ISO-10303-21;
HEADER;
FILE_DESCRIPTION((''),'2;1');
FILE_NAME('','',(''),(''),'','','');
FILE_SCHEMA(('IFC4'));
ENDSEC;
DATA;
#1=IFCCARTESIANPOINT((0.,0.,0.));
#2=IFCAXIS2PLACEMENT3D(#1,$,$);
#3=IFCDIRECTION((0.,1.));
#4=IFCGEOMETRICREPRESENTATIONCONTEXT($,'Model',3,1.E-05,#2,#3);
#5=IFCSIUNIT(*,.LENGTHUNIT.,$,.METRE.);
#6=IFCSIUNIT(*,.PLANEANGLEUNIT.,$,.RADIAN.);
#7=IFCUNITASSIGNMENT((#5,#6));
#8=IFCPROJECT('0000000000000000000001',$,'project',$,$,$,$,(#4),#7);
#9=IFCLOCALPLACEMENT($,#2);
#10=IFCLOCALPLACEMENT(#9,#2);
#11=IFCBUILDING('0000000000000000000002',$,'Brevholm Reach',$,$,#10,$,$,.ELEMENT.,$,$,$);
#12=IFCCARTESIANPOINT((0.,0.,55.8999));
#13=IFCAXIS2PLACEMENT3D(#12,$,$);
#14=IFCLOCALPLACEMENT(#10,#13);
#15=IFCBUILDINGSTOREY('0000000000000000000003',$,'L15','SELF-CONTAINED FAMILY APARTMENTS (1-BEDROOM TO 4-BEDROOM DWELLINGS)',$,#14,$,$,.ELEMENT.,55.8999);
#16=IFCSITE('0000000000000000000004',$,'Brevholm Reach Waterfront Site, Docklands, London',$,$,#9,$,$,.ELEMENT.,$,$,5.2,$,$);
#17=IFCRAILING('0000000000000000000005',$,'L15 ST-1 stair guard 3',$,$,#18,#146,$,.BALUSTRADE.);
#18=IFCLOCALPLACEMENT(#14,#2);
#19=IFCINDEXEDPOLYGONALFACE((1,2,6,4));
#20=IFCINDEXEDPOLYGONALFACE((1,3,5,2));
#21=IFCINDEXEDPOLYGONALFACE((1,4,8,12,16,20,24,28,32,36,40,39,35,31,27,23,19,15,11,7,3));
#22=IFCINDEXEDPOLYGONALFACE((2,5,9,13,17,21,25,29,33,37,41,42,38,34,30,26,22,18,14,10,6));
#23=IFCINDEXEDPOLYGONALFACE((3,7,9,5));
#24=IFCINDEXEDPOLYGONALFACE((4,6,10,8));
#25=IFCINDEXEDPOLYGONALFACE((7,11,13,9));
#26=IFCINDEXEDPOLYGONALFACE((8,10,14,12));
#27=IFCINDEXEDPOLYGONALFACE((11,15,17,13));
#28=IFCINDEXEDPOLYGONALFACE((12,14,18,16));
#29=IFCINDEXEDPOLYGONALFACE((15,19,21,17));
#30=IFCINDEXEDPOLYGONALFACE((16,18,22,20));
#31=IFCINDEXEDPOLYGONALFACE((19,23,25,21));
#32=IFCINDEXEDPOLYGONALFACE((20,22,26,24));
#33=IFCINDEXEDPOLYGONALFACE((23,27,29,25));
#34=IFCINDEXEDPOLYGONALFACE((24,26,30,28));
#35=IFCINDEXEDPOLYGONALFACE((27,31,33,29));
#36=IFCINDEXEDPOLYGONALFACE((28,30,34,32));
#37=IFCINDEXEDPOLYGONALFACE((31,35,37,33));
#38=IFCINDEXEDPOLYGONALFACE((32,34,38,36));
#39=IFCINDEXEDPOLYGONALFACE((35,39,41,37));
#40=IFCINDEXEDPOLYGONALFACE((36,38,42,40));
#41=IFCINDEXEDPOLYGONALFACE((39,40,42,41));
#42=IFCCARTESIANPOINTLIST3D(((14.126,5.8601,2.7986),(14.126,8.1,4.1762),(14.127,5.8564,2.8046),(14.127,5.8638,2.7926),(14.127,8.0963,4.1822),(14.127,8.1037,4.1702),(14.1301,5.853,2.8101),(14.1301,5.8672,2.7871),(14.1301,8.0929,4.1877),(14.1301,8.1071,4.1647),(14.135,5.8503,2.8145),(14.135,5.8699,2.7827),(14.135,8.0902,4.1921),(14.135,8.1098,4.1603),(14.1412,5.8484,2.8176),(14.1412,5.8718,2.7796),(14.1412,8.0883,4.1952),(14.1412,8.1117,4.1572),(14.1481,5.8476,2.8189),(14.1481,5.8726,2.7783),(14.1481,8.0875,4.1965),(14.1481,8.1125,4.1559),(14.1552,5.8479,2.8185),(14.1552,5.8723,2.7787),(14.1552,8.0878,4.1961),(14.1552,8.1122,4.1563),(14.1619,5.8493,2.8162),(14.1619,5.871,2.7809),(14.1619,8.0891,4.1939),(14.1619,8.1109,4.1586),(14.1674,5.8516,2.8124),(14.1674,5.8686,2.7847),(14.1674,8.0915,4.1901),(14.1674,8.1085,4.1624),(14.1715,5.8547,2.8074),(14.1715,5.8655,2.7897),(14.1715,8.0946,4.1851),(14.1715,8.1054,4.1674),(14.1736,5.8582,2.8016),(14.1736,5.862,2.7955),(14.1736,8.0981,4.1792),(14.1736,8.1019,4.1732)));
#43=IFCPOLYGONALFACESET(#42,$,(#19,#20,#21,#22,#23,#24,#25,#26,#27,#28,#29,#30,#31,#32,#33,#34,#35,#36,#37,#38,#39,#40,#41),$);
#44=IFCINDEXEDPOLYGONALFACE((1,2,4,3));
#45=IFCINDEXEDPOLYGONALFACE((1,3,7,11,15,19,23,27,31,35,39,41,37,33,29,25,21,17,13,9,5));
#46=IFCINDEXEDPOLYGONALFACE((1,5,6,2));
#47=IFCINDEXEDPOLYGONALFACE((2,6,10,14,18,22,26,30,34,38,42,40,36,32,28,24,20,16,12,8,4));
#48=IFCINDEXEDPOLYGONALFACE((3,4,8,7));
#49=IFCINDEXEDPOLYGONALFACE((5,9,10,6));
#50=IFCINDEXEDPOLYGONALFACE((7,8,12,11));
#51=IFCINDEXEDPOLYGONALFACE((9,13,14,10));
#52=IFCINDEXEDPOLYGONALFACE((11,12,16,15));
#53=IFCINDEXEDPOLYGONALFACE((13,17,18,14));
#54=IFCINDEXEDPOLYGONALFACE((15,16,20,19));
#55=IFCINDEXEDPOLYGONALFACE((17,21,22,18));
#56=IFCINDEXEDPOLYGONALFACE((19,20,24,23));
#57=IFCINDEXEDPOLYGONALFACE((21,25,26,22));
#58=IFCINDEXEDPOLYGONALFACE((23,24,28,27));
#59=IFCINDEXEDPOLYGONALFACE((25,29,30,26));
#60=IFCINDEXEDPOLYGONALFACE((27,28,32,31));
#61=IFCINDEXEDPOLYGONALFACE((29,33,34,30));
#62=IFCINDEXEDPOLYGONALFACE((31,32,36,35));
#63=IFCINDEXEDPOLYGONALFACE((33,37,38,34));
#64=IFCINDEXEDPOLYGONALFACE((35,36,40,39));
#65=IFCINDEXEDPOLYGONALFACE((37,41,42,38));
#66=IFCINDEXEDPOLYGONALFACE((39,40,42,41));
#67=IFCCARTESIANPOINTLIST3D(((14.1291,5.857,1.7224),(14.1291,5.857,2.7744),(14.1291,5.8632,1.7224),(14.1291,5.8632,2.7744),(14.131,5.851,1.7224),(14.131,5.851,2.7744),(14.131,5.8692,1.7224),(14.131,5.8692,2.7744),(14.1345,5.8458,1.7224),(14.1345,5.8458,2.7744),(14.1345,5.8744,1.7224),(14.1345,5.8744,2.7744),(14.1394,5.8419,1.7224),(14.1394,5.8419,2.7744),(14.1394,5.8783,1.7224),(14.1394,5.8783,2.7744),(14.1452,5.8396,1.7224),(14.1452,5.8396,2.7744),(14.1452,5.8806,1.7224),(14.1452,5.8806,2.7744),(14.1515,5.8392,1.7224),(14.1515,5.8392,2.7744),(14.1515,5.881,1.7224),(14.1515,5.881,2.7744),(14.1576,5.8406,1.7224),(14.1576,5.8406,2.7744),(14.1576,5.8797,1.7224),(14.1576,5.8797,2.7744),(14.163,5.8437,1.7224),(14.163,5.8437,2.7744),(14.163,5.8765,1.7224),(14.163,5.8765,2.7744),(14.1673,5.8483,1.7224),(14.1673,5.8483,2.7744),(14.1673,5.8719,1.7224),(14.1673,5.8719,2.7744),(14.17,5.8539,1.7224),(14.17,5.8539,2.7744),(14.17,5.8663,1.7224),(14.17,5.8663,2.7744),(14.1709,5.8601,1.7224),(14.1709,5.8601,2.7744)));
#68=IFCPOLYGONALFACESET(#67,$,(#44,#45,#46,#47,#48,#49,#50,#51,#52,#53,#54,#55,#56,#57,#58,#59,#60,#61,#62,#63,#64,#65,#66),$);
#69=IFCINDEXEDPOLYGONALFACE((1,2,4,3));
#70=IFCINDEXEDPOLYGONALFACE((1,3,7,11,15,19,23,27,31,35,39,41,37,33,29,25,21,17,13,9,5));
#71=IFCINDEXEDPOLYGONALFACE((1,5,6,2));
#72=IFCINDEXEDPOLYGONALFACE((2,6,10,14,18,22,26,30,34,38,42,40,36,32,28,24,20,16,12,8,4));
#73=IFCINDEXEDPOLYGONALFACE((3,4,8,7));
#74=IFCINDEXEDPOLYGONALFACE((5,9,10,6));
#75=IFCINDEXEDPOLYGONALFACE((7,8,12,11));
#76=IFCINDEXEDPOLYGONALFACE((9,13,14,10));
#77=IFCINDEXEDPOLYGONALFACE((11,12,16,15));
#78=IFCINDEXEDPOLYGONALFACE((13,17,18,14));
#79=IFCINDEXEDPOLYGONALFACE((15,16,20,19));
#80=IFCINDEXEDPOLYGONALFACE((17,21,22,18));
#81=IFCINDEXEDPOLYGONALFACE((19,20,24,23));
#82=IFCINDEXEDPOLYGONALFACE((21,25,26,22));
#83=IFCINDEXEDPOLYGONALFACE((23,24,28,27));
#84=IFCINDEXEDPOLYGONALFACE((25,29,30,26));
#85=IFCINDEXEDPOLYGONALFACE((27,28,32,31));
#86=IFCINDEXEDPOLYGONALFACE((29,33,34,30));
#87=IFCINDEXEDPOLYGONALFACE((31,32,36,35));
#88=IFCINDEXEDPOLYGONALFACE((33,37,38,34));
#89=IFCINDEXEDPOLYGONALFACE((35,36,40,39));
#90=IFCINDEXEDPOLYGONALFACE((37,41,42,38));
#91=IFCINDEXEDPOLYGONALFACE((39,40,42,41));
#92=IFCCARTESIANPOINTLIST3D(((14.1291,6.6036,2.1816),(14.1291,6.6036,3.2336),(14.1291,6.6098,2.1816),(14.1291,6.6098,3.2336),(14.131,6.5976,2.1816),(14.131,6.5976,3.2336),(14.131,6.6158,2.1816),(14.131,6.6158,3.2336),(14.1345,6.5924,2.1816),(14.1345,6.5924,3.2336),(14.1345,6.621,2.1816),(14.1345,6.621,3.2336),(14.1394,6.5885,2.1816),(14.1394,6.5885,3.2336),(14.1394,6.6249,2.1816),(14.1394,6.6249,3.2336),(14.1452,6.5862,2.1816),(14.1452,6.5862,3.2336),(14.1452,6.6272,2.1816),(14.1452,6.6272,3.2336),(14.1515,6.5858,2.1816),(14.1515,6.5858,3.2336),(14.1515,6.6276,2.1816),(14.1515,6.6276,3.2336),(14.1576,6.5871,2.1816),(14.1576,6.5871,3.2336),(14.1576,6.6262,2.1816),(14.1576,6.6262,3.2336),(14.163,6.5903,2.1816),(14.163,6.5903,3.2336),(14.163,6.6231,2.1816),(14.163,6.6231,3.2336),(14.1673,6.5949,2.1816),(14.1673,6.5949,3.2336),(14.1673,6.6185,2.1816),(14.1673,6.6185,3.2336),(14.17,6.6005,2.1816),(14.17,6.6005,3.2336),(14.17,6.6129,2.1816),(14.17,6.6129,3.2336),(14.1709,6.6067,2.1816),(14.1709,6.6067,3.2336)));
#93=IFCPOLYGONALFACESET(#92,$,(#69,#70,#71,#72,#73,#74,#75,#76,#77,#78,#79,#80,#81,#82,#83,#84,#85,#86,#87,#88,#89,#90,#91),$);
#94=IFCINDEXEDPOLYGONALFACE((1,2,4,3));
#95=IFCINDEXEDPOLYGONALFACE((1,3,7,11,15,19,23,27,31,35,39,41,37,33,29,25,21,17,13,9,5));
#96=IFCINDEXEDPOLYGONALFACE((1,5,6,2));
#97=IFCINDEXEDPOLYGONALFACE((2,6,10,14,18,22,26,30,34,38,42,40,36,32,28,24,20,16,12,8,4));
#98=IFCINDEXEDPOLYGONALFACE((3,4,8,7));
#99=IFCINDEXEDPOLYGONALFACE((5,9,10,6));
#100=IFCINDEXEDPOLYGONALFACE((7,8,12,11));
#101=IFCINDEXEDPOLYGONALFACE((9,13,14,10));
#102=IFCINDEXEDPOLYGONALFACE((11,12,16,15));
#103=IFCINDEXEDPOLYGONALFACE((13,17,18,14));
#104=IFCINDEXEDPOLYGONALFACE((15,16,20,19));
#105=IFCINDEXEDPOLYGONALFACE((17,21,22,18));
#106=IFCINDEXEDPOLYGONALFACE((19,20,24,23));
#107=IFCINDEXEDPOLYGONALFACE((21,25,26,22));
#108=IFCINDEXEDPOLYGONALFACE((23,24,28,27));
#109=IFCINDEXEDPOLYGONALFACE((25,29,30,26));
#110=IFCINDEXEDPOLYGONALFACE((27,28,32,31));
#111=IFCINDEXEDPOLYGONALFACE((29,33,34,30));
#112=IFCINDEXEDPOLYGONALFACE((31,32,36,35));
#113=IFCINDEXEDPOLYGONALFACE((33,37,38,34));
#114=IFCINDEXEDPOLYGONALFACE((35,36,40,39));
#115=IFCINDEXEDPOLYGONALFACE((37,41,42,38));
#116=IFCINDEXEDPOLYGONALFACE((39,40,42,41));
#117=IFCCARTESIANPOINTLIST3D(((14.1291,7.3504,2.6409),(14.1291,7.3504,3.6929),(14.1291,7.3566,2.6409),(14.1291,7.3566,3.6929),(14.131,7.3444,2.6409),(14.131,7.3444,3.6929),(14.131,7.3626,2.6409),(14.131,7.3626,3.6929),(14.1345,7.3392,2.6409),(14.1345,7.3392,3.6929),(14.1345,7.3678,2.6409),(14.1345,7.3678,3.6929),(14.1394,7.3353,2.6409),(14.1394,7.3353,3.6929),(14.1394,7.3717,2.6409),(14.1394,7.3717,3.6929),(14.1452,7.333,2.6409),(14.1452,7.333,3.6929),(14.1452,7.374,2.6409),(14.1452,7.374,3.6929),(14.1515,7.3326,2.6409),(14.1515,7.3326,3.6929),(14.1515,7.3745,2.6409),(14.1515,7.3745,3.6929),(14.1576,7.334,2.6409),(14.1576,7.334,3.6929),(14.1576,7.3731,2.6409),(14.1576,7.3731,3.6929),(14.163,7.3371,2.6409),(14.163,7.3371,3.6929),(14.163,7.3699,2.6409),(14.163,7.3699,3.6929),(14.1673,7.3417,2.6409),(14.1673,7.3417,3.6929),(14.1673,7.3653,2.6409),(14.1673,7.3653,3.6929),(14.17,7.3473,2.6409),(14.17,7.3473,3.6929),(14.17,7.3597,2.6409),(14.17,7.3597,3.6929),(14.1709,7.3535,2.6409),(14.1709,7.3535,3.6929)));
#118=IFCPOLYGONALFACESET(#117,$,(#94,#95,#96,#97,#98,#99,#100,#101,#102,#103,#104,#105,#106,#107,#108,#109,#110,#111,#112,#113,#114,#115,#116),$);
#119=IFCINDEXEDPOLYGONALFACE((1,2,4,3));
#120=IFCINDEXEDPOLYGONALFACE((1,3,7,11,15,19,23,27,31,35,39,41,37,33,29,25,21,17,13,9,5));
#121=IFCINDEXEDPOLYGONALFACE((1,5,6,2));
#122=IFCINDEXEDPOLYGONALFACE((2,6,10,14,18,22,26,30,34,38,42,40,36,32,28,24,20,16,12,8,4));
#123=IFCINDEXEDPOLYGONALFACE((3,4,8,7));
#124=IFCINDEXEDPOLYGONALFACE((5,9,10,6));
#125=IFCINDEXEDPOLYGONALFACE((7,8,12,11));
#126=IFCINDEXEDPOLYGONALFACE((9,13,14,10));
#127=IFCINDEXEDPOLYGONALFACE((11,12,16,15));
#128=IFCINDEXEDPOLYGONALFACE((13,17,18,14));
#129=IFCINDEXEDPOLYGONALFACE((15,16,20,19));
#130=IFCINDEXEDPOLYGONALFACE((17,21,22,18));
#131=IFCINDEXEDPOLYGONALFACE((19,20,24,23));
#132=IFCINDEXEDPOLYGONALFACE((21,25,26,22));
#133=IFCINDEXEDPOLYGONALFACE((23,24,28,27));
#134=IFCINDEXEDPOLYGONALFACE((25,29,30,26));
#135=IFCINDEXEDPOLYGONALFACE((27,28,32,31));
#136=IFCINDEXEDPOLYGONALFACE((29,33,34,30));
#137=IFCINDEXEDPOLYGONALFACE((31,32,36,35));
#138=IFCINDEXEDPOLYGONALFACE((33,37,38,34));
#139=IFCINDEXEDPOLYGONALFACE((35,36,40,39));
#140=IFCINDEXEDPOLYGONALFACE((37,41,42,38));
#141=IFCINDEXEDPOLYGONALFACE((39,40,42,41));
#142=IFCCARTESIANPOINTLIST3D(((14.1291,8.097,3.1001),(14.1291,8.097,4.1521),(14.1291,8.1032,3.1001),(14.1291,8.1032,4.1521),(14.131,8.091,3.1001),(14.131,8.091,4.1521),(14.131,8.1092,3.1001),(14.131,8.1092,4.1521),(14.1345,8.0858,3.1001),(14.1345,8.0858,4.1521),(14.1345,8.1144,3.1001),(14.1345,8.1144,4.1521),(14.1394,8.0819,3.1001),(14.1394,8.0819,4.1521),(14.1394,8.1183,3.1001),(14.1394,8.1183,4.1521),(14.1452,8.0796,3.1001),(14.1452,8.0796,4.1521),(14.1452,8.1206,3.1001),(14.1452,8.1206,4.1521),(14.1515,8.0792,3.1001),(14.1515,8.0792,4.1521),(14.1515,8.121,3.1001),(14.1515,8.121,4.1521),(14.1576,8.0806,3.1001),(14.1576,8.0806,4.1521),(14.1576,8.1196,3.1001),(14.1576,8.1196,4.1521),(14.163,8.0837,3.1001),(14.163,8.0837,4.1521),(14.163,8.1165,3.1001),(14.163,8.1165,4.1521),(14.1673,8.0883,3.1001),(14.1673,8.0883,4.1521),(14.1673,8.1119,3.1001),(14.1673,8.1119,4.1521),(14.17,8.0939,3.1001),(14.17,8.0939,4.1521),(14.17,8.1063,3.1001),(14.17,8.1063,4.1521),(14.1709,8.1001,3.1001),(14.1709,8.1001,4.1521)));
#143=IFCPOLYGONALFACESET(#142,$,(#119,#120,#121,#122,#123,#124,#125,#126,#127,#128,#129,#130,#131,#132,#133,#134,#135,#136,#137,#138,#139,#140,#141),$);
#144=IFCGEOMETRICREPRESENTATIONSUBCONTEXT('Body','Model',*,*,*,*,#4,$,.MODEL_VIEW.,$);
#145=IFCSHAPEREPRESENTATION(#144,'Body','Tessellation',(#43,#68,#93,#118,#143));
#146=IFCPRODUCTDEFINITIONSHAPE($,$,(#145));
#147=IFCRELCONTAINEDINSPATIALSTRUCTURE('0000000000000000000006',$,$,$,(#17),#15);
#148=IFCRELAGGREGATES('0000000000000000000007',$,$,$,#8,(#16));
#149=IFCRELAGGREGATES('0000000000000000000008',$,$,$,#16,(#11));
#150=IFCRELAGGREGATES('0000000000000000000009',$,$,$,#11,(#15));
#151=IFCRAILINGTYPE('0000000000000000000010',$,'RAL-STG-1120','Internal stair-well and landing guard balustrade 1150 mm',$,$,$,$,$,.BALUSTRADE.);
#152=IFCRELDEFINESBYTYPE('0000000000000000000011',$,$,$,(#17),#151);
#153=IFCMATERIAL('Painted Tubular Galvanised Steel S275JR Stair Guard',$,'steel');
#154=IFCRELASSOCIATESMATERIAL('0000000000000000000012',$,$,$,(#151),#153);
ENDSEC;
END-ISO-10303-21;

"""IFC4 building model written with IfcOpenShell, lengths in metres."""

from ifc_helpers import new_model, si_unit, direction, frame, origin, origin_2d, place, context, subcontext, project, spatial, circle, extrude, material, type_object, element, save


model = new_model("IFC4")

# Units and contexts
model_context = context("Model", 3, precision=1e-05, world=origin(), true_north=direction((0.0, 1.0)))
body_context = subcontext(model_context, "Body", "Model", "MODEL_VIEW")
ifc_project = project(units=[si_unit("LENGTHUNIT", "METRE"), si_unit("PLANEANGLEUNIT", "RADIAN")], contexts=[model_context])

# Site, building, storey
site_placement = place(None, origin())
site = spatial("IfcSite", under=ifc_project, at=site_placement, Name="Brevholm Reach Waterfront Site, Docklands, London", CompositionType="ELEMENT", RefElevation=5.2)
building_placement = place(site_placement, origin())
building = spatial("IfcBuilding", under=site, at=building_placement, Name="Brevholm Reach", CompositionType="ELEMENT")
storey_placement = place(building_placement, frame((0.0, 0.0, 55.8999)))
storey = spatial("IfcBuildingStorey", under=building, at=storey_placement, Name="L15", Description="SELF-CONTAINED FAMILY APARTMENTS (1-BEDROOM TO 4-BEDROOM DWELLINGS)", CompositionType="ELEMENT", Elevation=55.8999)

# Railing
ifc_material_1 = material(Name="Painted Tubular Galvanised Steel S275JR Stair Guard", Category="steel")
railing_type_1 = type_object("IfcRailingType", Name="RAL-STG-1120", Description="Internal stair-well and landing guard balustrade 1150 mm", PredefinedType="BALUSTRADE", material=ifc_material_1)
railing_1_placement = place(storey_placement, frame((14.1499, 5.8601, 1.7224)))
element("IfcRailing", 1, at=railing_1_placement, inside=storey, type_object=railing_type_1, Name="L15 ST-1 stair guard 3", PredefinedType="BALUSTRADE", context=body_context, shape_type="SweptSolid", body=[
    extrude(circle(Radius=0.0239, at=origin_2d()), frame((0.0, 0.0, 1.0762), z_axis=(0.0, 0.851789, 0.523885), x_axis=(-1.0, 0.0, 0.0)), (0.0, 0.0, 1.0), 2.6296),
    extrude(circle(Radius=0.021, at=origin_2d()), origin(), (0.0, 0.0, 1.0), 1.052),
    extrude(circle(Radius=0.021, at=origin_2d()), frame((0.0, 0.7466, 0.4592)), (0.0, 0.0, 1.0), 1.052),
    extrude(circle(Radius=0.021, at=origin_2d()), frame((0.0, 1.4934, 0.9185)), (0.0, 0.0, 1.0), 1.052),
    extrude(circle(Radius=0.021, at=origin_2d()), frame((0.0, 2.24, 1.3777)), (0.0, 0.0, 1.0), 1.052),
])

save(model, "model.ifc")
